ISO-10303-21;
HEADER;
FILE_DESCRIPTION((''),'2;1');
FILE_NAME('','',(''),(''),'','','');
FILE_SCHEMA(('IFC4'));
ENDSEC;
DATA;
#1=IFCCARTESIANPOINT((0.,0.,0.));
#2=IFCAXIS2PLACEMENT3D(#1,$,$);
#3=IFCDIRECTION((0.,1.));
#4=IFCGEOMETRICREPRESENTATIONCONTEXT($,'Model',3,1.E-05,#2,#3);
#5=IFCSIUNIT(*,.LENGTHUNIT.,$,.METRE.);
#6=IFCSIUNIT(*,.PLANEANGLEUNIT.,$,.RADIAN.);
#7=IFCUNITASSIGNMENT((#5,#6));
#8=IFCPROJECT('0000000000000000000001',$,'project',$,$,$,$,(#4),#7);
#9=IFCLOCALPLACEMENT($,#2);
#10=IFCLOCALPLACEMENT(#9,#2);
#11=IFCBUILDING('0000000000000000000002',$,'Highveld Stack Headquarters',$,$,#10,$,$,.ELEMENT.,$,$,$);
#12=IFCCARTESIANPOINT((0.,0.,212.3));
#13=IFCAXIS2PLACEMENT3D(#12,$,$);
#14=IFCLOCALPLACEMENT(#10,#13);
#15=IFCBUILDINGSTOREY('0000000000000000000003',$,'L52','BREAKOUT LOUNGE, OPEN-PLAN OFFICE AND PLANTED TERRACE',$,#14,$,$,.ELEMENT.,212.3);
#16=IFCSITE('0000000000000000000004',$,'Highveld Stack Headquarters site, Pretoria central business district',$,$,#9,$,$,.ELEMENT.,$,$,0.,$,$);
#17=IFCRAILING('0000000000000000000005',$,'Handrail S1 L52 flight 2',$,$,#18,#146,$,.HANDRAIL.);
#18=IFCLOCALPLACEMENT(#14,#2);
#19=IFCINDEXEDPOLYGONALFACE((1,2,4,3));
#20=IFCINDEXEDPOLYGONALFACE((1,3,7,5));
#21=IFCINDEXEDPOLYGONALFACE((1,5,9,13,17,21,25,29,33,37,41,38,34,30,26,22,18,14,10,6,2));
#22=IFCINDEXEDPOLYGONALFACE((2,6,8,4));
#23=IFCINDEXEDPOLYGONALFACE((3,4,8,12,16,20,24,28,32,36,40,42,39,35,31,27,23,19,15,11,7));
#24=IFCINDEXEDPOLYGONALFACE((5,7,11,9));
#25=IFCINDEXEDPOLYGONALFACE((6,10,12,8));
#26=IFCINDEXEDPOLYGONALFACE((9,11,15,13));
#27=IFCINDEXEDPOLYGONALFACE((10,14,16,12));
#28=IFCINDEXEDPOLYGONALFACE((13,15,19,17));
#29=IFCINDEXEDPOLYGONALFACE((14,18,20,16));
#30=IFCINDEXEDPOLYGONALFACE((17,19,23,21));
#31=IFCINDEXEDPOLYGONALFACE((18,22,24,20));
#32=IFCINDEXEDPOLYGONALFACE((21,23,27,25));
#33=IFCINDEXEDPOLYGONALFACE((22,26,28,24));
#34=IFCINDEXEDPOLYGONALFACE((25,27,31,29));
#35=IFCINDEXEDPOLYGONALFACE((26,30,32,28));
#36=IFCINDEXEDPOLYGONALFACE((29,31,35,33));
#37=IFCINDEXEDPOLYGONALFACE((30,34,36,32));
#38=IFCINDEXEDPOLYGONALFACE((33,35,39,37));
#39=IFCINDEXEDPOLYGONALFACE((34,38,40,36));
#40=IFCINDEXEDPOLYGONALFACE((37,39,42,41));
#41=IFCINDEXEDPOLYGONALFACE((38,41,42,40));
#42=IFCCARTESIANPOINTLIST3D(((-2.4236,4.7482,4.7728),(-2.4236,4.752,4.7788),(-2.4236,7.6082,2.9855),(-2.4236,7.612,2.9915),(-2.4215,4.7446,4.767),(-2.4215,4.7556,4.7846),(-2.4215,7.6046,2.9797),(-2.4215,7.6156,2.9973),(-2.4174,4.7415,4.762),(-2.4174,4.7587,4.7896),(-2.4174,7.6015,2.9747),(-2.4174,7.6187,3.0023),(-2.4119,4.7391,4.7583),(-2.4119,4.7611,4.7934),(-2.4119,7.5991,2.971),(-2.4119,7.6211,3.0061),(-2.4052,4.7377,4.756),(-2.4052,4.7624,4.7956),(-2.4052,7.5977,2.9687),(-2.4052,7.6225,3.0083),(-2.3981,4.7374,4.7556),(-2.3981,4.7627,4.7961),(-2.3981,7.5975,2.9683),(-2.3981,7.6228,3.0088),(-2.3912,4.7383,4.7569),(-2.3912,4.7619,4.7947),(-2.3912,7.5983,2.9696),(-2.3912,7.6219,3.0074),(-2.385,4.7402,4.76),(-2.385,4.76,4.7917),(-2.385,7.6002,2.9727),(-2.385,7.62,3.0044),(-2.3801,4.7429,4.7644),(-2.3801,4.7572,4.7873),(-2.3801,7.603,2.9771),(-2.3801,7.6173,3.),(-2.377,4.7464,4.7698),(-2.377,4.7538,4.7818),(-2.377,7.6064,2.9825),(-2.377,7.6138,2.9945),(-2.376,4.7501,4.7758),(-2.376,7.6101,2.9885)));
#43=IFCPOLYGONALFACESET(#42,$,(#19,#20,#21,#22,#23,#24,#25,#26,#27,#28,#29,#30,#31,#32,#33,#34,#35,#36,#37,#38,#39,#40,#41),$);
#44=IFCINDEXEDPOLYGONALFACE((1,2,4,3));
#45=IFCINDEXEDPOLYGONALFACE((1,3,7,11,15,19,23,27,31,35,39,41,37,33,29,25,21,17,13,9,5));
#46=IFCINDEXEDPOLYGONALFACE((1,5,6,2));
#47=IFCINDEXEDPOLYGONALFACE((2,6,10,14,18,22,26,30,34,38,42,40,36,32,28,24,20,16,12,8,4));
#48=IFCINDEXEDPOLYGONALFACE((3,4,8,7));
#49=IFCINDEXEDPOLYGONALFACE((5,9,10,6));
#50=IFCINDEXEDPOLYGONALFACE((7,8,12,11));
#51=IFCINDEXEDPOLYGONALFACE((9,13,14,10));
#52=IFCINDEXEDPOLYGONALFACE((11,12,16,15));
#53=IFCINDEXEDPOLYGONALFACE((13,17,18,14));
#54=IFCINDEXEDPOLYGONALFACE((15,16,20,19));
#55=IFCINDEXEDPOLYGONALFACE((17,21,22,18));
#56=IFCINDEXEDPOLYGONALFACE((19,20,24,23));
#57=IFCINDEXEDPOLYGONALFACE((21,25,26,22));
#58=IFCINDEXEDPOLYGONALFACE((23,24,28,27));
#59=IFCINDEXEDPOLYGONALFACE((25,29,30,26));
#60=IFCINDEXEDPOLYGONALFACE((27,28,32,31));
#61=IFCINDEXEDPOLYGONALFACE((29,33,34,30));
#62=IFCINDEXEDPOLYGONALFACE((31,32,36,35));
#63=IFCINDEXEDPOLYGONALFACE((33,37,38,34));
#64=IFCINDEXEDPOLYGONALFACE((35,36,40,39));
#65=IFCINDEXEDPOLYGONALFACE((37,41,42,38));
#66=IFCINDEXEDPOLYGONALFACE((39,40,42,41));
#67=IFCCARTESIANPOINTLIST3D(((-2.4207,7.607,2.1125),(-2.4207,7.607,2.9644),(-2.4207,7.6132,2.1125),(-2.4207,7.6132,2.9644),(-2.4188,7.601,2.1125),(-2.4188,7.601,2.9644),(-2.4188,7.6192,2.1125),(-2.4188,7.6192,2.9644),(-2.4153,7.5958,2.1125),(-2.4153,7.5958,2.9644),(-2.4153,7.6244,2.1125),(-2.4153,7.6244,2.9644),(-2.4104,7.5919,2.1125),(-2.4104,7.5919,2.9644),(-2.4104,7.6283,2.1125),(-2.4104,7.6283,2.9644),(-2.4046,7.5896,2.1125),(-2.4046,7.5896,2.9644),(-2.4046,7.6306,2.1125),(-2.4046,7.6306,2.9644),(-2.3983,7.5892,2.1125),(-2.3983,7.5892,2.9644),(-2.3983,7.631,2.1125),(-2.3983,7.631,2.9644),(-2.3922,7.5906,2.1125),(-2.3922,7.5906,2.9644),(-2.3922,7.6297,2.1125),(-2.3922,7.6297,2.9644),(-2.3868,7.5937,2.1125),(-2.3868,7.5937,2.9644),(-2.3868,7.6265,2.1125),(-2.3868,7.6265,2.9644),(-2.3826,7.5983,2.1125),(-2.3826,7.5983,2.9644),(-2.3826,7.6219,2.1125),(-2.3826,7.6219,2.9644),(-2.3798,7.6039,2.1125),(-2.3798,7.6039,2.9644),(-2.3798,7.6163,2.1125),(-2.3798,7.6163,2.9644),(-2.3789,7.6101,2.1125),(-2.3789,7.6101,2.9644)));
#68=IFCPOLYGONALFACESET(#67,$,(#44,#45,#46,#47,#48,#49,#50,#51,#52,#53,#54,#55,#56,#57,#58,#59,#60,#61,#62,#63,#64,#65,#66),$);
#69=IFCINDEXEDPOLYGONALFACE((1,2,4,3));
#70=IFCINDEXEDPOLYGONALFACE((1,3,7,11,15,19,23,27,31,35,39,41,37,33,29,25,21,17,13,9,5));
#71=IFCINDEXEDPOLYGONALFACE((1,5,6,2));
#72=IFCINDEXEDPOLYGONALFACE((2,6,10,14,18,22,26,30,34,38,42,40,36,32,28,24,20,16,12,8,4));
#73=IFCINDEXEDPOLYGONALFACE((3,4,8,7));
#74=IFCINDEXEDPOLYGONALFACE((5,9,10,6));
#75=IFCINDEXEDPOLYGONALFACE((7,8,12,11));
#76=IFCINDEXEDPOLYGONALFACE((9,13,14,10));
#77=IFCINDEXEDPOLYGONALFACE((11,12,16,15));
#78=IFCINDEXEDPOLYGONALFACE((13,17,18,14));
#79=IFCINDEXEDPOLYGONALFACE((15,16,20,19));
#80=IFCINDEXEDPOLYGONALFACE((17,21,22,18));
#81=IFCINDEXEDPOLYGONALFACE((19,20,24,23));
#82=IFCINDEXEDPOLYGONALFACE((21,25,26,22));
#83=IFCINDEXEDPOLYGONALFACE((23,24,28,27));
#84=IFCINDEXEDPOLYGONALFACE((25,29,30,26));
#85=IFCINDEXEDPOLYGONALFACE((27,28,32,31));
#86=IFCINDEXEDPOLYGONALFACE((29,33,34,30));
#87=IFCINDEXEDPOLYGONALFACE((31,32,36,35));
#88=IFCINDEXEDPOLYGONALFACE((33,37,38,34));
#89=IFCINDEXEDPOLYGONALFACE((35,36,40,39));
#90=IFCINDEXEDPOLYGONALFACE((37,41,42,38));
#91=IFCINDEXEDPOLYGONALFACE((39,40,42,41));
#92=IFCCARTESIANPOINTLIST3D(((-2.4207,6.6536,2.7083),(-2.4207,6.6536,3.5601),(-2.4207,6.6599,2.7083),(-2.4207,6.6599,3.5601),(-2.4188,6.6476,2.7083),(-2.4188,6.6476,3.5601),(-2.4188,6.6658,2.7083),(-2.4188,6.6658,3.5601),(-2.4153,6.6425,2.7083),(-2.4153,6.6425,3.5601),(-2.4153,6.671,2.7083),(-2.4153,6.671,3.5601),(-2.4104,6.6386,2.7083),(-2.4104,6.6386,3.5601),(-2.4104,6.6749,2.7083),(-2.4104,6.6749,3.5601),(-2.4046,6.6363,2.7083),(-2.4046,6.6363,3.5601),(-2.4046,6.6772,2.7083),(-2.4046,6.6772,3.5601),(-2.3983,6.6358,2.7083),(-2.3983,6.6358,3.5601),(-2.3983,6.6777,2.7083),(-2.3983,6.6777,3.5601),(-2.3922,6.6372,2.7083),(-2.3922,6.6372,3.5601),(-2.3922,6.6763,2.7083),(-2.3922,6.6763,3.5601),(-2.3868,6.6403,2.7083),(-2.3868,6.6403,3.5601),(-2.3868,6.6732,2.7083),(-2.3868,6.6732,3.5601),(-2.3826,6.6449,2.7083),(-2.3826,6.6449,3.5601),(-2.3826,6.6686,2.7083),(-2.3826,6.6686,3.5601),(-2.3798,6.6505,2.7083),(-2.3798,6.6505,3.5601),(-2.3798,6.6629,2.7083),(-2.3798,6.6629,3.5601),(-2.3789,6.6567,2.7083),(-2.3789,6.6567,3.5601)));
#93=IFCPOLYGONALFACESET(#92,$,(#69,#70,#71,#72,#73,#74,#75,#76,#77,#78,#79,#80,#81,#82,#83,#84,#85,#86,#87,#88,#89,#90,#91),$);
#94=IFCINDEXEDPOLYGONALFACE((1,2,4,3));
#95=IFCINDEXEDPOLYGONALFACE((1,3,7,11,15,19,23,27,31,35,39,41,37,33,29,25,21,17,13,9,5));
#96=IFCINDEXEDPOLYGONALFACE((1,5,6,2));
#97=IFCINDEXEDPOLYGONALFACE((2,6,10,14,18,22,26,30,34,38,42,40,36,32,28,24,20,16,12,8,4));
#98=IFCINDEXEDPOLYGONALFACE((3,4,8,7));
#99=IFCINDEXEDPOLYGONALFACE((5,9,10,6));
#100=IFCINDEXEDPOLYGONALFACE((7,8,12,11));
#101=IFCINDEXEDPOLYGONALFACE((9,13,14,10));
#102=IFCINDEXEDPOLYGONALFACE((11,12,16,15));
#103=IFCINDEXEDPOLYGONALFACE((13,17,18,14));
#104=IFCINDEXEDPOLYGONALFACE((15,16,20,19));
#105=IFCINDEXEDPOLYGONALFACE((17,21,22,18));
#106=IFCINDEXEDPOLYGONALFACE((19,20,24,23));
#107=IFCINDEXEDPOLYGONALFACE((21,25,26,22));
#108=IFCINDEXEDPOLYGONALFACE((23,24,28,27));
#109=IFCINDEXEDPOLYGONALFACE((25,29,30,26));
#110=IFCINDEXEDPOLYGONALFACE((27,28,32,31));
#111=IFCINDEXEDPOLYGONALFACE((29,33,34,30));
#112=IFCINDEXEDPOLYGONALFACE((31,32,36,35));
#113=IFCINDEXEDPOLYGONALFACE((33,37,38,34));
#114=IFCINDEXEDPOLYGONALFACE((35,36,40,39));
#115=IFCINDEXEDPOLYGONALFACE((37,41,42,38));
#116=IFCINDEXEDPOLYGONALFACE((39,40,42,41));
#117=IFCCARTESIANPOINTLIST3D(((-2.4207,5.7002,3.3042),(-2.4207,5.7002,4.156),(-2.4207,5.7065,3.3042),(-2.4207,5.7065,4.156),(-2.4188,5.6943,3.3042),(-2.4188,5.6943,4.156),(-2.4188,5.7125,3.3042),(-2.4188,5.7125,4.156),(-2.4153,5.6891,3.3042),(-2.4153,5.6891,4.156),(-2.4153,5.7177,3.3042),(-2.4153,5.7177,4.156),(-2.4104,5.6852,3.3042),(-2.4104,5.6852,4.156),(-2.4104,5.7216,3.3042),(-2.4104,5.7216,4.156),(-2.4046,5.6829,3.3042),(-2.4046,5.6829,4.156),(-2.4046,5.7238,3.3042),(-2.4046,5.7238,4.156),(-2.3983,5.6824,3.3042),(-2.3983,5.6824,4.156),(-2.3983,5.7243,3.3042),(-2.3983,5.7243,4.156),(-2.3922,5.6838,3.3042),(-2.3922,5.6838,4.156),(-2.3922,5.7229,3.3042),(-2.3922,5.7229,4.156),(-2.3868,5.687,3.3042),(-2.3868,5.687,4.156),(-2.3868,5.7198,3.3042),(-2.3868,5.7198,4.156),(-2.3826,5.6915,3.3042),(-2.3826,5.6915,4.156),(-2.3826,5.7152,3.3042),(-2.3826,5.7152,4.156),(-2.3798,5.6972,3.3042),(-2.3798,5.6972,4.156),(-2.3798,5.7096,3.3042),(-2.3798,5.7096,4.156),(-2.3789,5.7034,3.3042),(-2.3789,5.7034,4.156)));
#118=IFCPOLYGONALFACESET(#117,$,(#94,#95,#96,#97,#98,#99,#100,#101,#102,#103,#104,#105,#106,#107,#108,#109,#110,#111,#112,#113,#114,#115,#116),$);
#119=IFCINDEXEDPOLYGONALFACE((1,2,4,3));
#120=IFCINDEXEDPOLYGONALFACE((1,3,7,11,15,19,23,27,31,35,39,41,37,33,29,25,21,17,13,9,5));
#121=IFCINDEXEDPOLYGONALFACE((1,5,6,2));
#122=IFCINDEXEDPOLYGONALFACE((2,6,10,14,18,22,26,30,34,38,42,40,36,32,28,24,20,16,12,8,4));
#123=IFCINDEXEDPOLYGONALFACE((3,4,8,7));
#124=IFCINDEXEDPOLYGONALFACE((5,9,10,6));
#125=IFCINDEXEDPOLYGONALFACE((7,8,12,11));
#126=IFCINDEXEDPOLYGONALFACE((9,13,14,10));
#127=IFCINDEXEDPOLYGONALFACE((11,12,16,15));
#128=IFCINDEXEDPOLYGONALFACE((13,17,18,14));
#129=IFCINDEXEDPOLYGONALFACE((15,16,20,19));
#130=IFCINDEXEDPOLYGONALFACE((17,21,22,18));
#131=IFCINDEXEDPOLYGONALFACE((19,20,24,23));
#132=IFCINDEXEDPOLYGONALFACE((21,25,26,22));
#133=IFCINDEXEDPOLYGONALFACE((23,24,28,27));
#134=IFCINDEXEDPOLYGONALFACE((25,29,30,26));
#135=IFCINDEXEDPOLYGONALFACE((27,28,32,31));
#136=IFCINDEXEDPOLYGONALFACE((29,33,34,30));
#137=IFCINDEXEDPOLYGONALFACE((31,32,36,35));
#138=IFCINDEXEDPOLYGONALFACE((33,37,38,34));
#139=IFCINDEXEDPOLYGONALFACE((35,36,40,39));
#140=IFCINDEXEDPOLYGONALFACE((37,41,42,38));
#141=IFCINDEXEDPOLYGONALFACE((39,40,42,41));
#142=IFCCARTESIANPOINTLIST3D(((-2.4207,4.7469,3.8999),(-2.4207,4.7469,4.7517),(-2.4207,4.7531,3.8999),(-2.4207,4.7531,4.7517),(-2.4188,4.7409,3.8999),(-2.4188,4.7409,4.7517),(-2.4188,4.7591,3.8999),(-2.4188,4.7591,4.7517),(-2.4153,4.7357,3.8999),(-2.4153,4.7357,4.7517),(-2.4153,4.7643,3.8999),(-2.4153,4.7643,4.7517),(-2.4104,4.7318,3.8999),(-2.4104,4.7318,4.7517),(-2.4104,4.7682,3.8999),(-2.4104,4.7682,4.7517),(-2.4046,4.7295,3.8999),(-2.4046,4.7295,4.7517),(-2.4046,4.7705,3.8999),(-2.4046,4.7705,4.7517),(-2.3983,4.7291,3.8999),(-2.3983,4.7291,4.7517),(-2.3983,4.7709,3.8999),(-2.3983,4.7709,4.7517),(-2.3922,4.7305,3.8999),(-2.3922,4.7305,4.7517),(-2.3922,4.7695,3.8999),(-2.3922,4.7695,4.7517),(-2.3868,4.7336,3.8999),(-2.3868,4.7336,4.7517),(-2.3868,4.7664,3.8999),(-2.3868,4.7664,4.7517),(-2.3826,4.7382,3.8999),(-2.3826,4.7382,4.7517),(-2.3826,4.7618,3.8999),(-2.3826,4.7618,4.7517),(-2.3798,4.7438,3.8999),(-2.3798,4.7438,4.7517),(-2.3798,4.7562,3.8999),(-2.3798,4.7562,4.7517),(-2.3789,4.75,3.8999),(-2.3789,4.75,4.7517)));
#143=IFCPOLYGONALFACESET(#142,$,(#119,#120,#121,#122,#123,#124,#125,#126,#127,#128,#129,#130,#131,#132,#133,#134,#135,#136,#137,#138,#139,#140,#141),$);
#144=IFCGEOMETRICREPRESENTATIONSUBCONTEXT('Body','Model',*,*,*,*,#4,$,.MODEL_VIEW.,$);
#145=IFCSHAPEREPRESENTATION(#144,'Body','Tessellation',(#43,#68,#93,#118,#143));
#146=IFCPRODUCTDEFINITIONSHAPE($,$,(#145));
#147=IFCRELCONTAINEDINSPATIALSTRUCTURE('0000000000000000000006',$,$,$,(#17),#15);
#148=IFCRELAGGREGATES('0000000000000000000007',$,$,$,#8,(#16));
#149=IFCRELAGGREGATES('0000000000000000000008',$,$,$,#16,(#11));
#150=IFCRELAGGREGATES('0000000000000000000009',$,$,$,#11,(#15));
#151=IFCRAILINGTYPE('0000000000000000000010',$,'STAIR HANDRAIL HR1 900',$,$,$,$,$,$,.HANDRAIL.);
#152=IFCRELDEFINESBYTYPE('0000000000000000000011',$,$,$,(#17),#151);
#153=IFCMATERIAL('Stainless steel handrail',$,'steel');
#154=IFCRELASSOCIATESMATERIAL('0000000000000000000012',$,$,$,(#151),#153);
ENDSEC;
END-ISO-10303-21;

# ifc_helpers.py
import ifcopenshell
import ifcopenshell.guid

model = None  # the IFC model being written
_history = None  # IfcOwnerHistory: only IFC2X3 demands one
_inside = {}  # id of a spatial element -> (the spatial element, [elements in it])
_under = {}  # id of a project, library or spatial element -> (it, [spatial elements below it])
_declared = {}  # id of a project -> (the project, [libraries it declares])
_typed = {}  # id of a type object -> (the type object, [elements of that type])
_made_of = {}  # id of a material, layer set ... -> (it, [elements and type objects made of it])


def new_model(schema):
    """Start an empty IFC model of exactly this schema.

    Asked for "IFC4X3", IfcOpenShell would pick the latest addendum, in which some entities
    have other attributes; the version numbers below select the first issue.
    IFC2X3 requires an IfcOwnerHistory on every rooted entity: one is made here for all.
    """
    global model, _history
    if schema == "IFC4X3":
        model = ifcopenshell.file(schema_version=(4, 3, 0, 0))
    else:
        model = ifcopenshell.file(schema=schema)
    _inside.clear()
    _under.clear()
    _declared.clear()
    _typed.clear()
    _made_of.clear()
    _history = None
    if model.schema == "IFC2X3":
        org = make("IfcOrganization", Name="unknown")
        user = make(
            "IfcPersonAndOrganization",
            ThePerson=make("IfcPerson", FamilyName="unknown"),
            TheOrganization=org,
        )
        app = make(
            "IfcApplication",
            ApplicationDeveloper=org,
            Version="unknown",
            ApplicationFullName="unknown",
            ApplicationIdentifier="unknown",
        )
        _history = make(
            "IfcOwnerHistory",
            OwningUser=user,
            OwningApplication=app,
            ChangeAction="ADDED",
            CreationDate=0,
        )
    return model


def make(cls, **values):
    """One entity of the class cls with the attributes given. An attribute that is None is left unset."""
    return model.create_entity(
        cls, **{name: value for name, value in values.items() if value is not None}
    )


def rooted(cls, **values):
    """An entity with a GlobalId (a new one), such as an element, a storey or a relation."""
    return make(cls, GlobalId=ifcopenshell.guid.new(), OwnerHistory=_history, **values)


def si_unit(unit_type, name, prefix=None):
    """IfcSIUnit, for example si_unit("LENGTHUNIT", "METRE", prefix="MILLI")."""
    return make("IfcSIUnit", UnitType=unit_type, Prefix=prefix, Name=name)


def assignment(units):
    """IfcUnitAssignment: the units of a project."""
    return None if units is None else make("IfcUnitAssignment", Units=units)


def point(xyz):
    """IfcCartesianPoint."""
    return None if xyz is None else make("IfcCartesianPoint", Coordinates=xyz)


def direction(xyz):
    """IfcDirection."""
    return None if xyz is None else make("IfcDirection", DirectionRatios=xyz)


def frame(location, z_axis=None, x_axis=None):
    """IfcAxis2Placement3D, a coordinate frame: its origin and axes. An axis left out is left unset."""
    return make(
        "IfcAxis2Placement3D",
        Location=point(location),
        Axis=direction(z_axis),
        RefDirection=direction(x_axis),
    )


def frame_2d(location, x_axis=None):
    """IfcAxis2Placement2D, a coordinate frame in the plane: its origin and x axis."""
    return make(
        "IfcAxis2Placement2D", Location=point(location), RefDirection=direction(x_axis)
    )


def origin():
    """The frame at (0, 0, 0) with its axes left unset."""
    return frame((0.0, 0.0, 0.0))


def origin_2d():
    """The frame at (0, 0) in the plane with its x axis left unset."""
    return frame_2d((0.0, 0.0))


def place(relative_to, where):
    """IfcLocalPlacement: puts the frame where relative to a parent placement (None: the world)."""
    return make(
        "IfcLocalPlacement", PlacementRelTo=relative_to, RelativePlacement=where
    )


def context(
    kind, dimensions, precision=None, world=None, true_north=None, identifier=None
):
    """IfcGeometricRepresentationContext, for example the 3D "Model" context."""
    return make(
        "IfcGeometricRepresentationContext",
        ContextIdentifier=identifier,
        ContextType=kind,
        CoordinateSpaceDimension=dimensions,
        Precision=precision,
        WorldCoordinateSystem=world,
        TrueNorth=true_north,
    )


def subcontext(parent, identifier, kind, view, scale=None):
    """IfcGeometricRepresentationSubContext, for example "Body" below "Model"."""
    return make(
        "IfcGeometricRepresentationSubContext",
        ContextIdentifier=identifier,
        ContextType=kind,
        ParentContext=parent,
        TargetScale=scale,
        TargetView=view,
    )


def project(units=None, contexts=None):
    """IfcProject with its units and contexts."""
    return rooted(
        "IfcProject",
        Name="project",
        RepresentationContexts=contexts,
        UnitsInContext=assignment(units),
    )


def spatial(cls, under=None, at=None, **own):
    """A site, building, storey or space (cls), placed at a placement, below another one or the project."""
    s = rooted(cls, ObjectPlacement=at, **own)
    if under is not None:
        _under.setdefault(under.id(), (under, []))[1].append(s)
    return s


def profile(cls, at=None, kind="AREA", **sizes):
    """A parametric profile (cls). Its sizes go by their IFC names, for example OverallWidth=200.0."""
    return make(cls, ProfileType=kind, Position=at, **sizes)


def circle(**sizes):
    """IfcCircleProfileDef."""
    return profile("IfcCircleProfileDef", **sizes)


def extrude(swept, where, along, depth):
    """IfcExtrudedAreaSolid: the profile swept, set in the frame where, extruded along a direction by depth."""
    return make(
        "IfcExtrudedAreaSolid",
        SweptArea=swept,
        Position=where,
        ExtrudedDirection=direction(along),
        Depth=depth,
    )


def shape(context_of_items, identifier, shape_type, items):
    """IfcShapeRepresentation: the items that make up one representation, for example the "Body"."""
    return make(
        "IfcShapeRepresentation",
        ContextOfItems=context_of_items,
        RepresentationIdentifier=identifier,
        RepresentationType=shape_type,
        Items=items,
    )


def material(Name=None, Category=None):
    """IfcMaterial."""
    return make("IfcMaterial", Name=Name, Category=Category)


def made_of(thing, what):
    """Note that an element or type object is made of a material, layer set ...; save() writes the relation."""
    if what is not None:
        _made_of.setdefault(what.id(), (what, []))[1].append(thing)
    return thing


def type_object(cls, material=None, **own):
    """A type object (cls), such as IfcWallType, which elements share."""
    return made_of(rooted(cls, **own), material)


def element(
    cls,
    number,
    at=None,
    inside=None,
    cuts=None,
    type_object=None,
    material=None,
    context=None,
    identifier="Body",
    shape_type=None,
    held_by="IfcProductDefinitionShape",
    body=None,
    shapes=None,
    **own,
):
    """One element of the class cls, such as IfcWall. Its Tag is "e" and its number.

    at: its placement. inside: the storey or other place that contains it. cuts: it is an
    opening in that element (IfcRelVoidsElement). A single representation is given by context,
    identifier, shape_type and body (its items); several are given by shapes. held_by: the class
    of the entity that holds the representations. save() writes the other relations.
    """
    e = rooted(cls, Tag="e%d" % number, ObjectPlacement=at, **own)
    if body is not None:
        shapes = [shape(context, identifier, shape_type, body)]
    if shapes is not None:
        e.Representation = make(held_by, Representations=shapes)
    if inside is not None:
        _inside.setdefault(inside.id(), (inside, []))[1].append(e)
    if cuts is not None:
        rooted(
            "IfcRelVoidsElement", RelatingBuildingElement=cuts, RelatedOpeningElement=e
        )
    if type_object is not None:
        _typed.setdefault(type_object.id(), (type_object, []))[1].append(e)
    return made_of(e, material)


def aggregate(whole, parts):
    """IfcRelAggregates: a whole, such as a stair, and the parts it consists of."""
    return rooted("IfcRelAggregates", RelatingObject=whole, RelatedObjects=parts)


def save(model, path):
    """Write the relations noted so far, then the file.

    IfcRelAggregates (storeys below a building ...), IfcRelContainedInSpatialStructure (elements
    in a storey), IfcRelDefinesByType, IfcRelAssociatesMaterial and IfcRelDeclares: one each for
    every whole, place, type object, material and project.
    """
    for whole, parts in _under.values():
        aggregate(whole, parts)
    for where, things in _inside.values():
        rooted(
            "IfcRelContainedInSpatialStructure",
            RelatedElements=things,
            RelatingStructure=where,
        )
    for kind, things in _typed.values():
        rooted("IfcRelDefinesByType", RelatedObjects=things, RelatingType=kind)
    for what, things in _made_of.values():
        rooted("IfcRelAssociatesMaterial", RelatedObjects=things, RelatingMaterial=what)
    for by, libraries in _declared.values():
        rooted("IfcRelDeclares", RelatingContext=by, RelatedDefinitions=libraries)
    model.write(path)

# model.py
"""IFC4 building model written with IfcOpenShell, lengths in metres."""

from ifc_helpers import new_model, si_unit, direction, frame, origin, origin_2d, place, context, subcontext, project, spatial, circle, extrude, material, type_object, element, save


model = new_model("IFC4")

# Units and contexts
model_context = context("Model", 3, precision=1e-05, world=origin(), true_north=direction((0.0, 1.0)))
body_context = subcontext(model_context, "Body", "Model", "MODEL_VIEW")
ifc_project = project(units=[si_unit("LENGTHUNIT", "METRE"), si_unit("PLANEANGLEUNIT", "RADIAN")], contexts=[model_context])

# Site, building, storey
site_placement = place(None, origin())
site = spatial("IfcSite", under=ifc_project, at=site_placement, Name="Highveld Stack Headquarters site, Pretoria central business district", CompositionType="ELEMENT", RefElevation=0.0)
building_placement = place(site_placement, origin())
building = spatial("IfcBuilding", under=site, at=building_placement, Name="Highveld Stack Headquarters", CompositionType="ELEMENT")
storey_placement = place(building_placement, frame((0.0, 0.0, 212.3)))
storey = spatial("IfcBuildingStorey", under=building, at=storey_placement, Name="L52", Description="BREAKOUT LOUNGE, OPEN-PLAN OFFICE AND PLANTED TERRACE", CompositionType="ELEMENT", Elevation=212.3)

# Railing
ifc_material_1 = material(Name="Stainless steel handrail", Category="steel")
railing_type = type_object("IfcRailingType", Name="STAIR HANDRAIL HR1 900", PredefinedType="HANDRAIL", material=ifc_material_1)
for number, where, name in (
    (1, (-2.3999, 7.6101, 2.1125), "Handrail S1 L52 flight 2"),
):
    element("IfcRailing", number, at=place(storey_placement, frame(where)), inside=storey, type_object=railing_type, Name=name, PredefinedType="HANDRAIL", context=body_context, shape_type="SweptSolid", body=[
        extrude(circle(Radius=0.0239, at=origin_2d()), frame((0.0, 0.0, 0.876), z_axis=(0.0, -0.848027, 0.529953), x_axis=(1.0, 0.0, 0.0)), (0.0, 0.0, 1.0), 3.3726),
        extrude(circle(Radius=0.021, at=origin_2d()), origin(), (0.0, 0.0, 1.0), 0.8518),
        extrude(circle(Radius=0.021, at=origin_2d()), frame((0.0, -0.9534, 0.5957)), (0.0, 0.0, 1.0), 0.8518),
        extrude(circle(Radius=0.021, at=origin_2d()), frame((0.0, -1.9067, 1.1917)), (0.0, 0.0, 1.0), 0.8518),
        extrude(circle(Radius=0.021, at=origin_2d()), frame((0.0, -2.8601, 1.7874)), (0.0, 0.0, 1.0), 0.8518),
    ])

save(model, "model.ifc")
